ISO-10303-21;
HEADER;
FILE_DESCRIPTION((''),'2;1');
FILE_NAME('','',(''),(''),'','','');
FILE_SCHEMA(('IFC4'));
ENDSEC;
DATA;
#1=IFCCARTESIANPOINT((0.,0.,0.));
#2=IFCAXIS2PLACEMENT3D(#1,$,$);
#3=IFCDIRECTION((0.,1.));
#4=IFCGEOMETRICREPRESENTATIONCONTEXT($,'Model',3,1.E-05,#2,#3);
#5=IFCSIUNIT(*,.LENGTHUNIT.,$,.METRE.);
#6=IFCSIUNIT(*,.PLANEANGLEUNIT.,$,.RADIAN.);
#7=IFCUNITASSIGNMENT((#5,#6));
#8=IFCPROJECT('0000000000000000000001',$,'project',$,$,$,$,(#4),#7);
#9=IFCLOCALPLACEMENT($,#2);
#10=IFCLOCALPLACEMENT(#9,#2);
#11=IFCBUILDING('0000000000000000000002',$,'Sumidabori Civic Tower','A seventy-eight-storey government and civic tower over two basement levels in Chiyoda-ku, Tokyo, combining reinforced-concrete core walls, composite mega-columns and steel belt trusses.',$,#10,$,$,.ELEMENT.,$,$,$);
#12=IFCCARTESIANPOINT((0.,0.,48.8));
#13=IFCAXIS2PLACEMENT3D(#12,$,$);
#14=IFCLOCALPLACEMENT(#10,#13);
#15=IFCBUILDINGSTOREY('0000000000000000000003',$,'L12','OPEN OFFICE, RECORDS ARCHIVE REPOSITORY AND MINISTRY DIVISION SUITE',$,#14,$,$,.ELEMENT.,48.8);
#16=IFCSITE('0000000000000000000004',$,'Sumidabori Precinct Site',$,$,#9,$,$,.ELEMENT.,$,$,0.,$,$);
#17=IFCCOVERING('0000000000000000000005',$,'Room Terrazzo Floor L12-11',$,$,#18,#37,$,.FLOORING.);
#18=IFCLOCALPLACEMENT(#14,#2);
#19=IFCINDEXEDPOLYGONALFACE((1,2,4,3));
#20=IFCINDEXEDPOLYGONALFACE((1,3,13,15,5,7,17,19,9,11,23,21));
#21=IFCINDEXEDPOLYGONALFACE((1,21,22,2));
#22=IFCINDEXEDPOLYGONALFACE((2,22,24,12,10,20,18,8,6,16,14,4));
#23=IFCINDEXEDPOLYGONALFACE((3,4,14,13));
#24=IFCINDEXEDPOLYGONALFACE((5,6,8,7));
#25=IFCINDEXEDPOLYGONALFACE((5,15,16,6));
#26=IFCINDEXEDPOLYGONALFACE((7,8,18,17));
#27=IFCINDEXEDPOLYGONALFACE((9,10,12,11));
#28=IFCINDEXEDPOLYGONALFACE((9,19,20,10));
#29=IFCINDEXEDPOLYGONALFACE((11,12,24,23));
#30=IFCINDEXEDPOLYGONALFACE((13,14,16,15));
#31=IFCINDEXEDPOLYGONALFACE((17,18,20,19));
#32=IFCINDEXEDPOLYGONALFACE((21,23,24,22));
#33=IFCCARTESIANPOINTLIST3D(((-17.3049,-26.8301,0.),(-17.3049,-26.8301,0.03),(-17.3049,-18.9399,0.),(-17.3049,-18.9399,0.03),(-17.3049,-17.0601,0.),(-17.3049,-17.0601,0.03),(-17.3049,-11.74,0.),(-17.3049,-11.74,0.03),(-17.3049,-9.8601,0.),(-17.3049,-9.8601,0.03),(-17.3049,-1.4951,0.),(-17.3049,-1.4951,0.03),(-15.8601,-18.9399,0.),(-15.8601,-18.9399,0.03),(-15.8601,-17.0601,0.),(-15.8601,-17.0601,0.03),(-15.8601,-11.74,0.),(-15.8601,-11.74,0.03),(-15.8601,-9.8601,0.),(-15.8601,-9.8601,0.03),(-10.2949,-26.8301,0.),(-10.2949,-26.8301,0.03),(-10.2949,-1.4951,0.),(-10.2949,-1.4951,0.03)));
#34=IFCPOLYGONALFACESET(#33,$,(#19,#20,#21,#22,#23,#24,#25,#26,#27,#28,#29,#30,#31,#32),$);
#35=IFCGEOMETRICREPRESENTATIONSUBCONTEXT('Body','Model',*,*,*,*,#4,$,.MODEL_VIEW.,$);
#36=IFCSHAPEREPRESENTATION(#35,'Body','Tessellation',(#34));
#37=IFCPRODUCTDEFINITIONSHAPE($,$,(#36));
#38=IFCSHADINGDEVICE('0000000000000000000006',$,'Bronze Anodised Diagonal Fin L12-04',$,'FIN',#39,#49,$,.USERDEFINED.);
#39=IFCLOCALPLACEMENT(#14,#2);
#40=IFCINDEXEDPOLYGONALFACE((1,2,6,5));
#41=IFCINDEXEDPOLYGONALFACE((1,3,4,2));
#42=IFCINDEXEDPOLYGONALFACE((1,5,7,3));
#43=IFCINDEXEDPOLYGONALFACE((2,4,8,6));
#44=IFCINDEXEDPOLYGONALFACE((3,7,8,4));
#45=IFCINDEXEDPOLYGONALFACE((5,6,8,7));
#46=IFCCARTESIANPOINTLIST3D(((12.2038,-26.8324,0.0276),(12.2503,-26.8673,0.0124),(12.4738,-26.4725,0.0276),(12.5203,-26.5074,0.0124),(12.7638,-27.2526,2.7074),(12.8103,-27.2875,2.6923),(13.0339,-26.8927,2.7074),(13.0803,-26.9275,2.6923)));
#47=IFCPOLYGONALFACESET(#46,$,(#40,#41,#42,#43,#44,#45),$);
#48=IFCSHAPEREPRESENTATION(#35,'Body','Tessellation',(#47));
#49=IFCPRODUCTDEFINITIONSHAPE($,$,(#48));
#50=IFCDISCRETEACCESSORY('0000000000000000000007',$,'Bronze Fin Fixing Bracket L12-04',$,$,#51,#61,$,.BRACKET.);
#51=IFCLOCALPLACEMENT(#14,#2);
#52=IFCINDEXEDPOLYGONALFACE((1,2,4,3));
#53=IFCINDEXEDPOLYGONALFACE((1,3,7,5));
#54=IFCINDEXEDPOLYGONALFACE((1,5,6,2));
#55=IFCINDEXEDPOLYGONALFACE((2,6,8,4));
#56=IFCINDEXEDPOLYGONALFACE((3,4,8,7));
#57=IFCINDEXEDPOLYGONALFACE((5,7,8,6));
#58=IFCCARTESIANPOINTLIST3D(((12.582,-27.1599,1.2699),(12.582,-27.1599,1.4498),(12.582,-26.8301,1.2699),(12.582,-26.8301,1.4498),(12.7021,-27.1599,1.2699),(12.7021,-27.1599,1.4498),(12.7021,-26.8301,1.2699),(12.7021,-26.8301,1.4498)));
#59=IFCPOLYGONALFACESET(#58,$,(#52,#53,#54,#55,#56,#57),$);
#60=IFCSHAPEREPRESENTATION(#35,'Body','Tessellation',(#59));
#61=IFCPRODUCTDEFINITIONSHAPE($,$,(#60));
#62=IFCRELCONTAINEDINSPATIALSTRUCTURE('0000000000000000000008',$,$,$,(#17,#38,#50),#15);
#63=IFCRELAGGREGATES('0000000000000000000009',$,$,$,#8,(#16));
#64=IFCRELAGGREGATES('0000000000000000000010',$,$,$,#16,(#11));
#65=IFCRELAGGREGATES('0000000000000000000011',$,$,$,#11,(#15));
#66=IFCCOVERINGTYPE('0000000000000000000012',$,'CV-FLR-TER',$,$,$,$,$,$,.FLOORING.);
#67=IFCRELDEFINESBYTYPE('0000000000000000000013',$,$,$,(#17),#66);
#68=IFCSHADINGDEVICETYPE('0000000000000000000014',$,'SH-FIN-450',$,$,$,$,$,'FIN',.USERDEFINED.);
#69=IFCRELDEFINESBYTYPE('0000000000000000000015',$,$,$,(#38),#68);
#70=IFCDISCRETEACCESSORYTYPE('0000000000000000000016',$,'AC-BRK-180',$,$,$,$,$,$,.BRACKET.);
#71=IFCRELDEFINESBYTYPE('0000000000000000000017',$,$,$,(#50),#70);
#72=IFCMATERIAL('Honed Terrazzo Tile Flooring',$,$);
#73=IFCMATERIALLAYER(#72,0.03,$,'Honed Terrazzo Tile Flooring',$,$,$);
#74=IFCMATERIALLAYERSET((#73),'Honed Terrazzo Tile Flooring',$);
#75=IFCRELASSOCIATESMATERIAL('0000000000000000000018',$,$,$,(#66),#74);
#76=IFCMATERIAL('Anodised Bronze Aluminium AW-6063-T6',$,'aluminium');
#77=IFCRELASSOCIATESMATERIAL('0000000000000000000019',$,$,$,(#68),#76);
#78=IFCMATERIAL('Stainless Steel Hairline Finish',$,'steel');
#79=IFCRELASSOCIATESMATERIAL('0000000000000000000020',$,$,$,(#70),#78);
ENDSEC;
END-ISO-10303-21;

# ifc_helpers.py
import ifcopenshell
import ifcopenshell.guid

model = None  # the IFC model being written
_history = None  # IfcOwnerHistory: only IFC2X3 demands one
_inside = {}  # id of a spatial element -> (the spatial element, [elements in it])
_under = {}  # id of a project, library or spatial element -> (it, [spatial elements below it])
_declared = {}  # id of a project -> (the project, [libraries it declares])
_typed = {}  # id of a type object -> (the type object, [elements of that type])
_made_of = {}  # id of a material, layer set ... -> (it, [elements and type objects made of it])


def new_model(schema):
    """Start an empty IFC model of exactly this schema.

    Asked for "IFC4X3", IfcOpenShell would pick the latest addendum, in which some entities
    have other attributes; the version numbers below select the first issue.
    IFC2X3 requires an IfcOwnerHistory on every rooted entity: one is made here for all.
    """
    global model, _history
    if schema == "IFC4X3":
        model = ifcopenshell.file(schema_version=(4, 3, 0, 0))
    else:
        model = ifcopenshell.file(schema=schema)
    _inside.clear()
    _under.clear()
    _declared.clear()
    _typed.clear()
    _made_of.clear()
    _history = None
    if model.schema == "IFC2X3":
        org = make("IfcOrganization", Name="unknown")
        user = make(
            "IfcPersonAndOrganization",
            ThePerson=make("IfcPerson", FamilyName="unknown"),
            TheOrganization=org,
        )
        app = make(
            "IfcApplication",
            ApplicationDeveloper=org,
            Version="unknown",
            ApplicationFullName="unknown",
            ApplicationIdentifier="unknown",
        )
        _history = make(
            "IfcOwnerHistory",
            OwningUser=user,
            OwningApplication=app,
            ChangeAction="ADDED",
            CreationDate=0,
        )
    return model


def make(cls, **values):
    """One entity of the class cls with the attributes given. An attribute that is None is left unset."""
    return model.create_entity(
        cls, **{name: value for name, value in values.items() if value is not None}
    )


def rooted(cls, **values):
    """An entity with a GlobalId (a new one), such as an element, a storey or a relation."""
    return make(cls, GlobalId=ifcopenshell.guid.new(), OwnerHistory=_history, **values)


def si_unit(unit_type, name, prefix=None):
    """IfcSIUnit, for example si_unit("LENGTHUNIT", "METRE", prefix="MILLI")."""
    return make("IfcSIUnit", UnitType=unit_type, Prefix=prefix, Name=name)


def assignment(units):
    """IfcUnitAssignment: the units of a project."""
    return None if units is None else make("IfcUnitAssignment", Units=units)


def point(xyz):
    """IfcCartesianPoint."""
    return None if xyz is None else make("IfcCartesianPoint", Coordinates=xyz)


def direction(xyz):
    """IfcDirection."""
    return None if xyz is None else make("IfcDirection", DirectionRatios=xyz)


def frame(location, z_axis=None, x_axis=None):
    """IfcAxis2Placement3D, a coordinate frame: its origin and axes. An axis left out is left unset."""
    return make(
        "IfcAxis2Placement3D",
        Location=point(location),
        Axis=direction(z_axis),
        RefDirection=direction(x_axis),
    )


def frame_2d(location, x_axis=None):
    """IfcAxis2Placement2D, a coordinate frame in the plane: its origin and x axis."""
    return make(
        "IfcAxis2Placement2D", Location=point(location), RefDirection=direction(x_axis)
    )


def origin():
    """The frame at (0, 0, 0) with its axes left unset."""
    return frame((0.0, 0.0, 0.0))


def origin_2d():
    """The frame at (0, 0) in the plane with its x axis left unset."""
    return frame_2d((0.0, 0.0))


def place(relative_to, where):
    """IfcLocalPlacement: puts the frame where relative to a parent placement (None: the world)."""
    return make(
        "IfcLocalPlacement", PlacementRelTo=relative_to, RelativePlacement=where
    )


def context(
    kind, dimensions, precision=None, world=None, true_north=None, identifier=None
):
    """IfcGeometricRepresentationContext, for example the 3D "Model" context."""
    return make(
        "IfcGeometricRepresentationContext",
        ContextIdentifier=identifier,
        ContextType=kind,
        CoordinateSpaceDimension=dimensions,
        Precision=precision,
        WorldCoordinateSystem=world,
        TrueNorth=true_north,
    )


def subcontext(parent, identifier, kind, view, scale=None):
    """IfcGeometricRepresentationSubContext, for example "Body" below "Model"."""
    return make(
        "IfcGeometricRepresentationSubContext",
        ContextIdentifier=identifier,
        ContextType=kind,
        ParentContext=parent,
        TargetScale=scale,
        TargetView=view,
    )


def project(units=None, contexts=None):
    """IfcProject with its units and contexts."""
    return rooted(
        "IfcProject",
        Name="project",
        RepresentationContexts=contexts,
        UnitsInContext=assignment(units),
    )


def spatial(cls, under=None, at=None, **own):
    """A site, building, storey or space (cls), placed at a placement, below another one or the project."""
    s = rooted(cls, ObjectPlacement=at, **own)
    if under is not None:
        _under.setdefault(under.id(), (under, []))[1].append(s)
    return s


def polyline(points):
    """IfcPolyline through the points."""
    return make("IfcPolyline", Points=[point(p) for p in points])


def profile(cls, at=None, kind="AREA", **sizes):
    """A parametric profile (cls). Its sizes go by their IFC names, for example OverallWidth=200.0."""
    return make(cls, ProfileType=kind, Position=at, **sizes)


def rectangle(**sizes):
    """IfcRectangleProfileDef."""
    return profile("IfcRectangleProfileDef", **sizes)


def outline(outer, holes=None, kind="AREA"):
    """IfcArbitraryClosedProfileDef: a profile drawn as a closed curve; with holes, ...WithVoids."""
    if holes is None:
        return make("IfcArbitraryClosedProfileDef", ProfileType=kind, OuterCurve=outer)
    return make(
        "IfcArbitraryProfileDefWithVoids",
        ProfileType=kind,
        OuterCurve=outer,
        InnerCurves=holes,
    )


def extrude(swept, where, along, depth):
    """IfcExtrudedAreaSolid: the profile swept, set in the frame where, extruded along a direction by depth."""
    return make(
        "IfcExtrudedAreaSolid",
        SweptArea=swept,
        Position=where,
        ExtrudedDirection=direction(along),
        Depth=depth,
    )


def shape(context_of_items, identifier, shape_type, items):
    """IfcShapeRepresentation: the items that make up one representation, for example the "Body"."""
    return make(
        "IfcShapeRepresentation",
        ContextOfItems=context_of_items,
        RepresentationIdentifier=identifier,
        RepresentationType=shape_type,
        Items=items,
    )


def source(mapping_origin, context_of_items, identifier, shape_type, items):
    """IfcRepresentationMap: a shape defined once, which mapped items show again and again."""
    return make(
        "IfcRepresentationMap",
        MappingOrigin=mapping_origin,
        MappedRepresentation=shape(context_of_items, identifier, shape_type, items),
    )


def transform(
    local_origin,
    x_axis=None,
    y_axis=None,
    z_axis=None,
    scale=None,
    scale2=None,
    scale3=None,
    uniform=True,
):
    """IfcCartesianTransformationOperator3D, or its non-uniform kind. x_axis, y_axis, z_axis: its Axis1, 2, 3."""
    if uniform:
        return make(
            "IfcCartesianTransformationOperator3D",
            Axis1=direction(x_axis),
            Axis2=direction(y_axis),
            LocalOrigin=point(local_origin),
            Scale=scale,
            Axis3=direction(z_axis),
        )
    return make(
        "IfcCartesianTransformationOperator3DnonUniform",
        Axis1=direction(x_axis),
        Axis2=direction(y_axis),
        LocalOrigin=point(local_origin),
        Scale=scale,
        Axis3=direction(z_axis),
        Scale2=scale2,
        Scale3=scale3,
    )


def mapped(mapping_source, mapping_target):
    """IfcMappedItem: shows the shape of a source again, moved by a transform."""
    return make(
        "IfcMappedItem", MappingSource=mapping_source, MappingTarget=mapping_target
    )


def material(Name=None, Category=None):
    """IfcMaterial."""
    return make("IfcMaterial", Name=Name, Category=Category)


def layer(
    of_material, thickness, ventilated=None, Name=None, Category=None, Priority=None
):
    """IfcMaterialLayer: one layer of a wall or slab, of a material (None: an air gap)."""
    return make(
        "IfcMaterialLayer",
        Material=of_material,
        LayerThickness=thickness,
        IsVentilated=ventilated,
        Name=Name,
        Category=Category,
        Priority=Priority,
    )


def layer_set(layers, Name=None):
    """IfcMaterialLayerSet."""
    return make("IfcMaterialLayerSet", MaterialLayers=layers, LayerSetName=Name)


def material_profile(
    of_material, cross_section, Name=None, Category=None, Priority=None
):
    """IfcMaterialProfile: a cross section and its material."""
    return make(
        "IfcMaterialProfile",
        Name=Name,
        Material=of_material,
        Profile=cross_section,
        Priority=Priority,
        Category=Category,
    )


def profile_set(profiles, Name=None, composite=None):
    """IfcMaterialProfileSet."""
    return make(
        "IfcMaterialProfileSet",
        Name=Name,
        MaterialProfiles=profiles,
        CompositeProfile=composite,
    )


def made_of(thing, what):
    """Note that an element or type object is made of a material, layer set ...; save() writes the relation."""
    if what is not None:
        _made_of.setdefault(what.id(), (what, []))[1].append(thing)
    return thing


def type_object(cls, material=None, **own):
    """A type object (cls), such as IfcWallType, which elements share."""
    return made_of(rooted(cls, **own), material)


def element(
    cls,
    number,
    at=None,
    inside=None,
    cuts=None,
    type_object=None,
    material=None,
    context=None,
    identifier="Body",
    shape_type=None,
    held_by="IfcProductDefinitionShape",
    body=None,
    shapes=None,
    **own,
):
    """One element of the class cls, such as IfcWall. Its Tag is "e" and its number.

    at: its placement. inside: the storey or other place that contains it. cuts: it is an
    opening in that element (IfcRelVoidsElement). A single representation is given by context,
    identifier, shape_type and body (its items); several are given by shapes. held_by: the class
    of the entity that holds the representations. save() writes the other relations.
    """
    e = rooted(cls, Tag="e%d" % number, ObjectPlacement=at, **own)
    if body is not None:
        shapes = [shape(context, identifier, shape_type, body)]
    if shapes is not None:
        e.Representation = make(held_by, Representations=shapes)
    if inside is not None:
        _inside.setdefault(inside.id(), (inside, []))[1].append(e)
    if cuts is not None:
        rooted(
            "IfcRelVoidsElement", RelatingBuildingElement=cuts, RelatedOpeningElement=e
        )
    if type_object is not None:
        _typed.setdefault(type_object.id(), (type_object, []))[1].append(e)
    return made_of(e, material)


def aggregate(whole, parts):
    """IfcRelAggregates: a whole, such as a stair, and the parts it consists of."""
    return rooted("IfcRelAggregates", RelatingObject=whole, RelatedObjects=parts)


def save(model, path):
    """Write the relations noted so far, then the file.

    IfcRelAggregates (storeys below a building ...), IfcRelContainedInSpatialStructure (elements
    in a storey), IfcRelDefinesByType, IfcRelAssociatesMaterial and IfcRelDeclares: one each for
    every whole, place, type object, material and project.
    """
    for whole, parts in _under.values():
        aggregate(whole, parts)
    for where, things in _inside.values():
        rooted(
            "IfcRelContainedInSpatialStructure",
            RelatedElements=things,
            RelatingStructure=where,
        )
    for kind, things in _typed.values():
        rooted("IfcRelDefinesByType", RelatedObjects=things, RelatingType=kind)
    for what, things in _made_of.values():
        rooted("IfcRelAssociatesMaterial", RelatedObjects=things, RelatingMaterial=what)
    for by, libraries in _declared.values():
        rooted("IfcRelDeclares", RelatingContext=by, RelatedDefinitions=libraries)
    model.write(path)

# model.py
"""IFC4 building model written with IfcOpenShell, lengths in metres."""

from ifc_helpers import new_model, si_unit, direction, frame, origin, origin_2d, place, context, subcontext, project, spatial, polyline, rectangle, outline, extrude, source, transform, mapped, material, layer, layer_set, material_profile, profile_set, type_object, element, save


model = new_model("IFC4")

# Units and contexts
model_context = context("Model", 3, precision=1e-05, world=origin(), true_north=direction((0.0, 1.0)))
body_context = subcontext(model_context, "Body", "Model", "MODEL_VIEW")
ifc_project = project(units=[si_unit("LENGTHUNIT", "METRE"), si_unit("PLANEANGLEUNIT", "RADIAN")], contexts=[model_context])

# Site, building, storey
site_placement = place(None, origin())
site = spatial("IfcSite", under=ifc_project, at=site_placement, Name="Sumidabori Precinct Site", CompositionType="ELEMENT", RefElevation=0.0)
building_placement = place(site_placement, origin())
building = spatial("IfcBuilding", under=site, at=building_placement, Name="Sumidabori Civic Tower", Description="A seventy-eight-storey government and civic tower over two basement levels in Chiyoda-ku, Tokyo, combining reinforced-concrete core walls, composite mega-columns and steel belt trusses.", CompositionType="ELEMENT")
storey_placement = place(building_placement, frame((0.0, 0.0, 48.8)))
storey = spatial("IfcBuildingStorey", under=building, at=storey_placement, Name="L12", Description="OPEN OFFICE, RECORDS ARCHIVE REPOSITORY AND MINISTRY DIVISION SUITE", CompositionType="ELEMENT", Elevation=48.8)

# Shared definitions
ifc_material_1 = material(Name="Anodised Bronze Aluminium AW-6063-T6", Category="aluminium")

# Covering
ifc_material_2 = material(Name="Honed Terrazzo Tile Flooring")
ifc_layer_1 = layer(ifc_material_2, 0.03, Name="Honed Terrazzo Tile Flooring")
ifc_layer_set_1 = layer_set([ifc_layer_1], Name="Honed Terrazzo Tile Flooring")
covering_type_1 = type_object("IfcCoveringType", Name="CV-FLR-TER", PredefinedType="FLOORING", material=ifc_layer_set_1)
covering_1_placement = place(storey_placement, origin())
element("IfcCovering", 1, at=covering_1_placement, inside=storey, type_object=covering_type_1, Name="Room Terrazzo Floor L12-11", PredefinedType="FLOORING", context=body_context, shape_type="SweptSolid", body=[
    extrude(outline(polyline([(-10.2949, -26.8301), (-17.3049, -26.8301), (-17.3049, -18.9399), (-15.8601, -18.9399), (-15.8601, -17.0601), (-17.3049, -17.0601), (-17.3049, -11.74), (-15.8601, -11.74), (-15.8601, -9.8601), (-17.3049, -9.8601), (-17.3049, -1.4951), (-10.2949, -1.4951), (-10.2949, -26.8301)])), origin(), (0.0, 0.0, 1.0), 0.03),
])

# Shading device
ifc_material_profile_1 = material_profile(ifc_material_1, rectangle(XDim=0.0601, YDim=0.45, at=origin_2d()), Name="BRONZE FIN 450x60")
ifc_profile_set_1 = profile_set([ifc_material_profile_1], Name="Anodised Bronze Aluminium AW-6063-T6")
shading_device_type = type_object("IfcShadingDeviceType", Name="SH-FIN-450", ElementType="FIN", PredefinedType="USERDEFINED", material=ifc_profile_set_1)
shared_shape_1 = source(origin(), body_context, "Body", "SweptSolid", [
    extrude(rectangle(XDim=0.0601, YDim=0.45, at=origin_2d()), origin(), (0.0, 0.0, 1.0), 2.7698),
])
shading_device_placement = place(storey_placement, frame((12.3621, -26.6699, 0.02), z_axis=(0.202196, -0.151691, 0.967526), x_axis=(0.77394, -0.580624, -0.252771)))
element("IfcShadingDevice", 2, at=shading_device_placement, inside=storey, type_object=shading_device_type, Name="Bronze Anodised Diagonal Fin L12-04", ObjectType="FIN", PredefinedType="USERDEFINED", context=body_context, shape_type="MappedRepresentation", body=[
    mapped(shared_shape_1, transform((0.0, 0.0, 0.0), x_axis=(1.0, 0.0, 0.0), y_axis=(0.0, 1.0, 0.0), z_axis=(0.0, 0.0, 1.0), scale=1.0)),
])

# Discrete accessory
ifc_material_3 = material(Name="Stainless Steel Hairline Finish", Category="steel")
ifc_material_profile_2 = material_profile(ifc_material_3, rectangle(XDim=0.1201, YDim=0.1799, at=origin_2d()), Name="STEEL BRACKET 180x120")
ifc_profile_set_2 = profile_set([ifc_material_profile_2], Name="Stainless Steel Hairline Finish")
discrete_accessory_type = type_object("IfcDiscreteAccessoryType", Name="AC-BRK-180", PredefinedType="BRACKET", material=ifc_profile_set_2)
shared_shape_2 = source(origin(), body_context, "Body", "SweptSolid", [
    extrude(rectangle(XDim=0.1201, YDim=0.1799, at=origin_2d()), origin(), (0.0, 0.0, 1.0), 0.3298),
])
discrete_accessory_placement = place(storey_placement, frame((12.6421, -26.8301, 1.3599), z_axis=(0.0, -1.0, 0.0), x_axis=(1.0, 0.0, 0.0)))
element("IfcDiscreteAccessory", 3, at=discrete_accessory_placement, inside=storey, type_object=discrete_accessory_type, Name="Bronze Fin Fixing Bracket L12-04", PredefinedType="BRACKET", context=body_context, shape_type="MappedRepresentation", body=[
    mapped(shared_shape_2, transform((0.0, 0.0, 0.0), x_axis=(1.0, 0.0, 0.0), y_axis=(0.0, 1.0, 0.0), z_axis=(0.0, 0.0, 1.0), scale=1.0)),
])

save(model, "model.ifc")
